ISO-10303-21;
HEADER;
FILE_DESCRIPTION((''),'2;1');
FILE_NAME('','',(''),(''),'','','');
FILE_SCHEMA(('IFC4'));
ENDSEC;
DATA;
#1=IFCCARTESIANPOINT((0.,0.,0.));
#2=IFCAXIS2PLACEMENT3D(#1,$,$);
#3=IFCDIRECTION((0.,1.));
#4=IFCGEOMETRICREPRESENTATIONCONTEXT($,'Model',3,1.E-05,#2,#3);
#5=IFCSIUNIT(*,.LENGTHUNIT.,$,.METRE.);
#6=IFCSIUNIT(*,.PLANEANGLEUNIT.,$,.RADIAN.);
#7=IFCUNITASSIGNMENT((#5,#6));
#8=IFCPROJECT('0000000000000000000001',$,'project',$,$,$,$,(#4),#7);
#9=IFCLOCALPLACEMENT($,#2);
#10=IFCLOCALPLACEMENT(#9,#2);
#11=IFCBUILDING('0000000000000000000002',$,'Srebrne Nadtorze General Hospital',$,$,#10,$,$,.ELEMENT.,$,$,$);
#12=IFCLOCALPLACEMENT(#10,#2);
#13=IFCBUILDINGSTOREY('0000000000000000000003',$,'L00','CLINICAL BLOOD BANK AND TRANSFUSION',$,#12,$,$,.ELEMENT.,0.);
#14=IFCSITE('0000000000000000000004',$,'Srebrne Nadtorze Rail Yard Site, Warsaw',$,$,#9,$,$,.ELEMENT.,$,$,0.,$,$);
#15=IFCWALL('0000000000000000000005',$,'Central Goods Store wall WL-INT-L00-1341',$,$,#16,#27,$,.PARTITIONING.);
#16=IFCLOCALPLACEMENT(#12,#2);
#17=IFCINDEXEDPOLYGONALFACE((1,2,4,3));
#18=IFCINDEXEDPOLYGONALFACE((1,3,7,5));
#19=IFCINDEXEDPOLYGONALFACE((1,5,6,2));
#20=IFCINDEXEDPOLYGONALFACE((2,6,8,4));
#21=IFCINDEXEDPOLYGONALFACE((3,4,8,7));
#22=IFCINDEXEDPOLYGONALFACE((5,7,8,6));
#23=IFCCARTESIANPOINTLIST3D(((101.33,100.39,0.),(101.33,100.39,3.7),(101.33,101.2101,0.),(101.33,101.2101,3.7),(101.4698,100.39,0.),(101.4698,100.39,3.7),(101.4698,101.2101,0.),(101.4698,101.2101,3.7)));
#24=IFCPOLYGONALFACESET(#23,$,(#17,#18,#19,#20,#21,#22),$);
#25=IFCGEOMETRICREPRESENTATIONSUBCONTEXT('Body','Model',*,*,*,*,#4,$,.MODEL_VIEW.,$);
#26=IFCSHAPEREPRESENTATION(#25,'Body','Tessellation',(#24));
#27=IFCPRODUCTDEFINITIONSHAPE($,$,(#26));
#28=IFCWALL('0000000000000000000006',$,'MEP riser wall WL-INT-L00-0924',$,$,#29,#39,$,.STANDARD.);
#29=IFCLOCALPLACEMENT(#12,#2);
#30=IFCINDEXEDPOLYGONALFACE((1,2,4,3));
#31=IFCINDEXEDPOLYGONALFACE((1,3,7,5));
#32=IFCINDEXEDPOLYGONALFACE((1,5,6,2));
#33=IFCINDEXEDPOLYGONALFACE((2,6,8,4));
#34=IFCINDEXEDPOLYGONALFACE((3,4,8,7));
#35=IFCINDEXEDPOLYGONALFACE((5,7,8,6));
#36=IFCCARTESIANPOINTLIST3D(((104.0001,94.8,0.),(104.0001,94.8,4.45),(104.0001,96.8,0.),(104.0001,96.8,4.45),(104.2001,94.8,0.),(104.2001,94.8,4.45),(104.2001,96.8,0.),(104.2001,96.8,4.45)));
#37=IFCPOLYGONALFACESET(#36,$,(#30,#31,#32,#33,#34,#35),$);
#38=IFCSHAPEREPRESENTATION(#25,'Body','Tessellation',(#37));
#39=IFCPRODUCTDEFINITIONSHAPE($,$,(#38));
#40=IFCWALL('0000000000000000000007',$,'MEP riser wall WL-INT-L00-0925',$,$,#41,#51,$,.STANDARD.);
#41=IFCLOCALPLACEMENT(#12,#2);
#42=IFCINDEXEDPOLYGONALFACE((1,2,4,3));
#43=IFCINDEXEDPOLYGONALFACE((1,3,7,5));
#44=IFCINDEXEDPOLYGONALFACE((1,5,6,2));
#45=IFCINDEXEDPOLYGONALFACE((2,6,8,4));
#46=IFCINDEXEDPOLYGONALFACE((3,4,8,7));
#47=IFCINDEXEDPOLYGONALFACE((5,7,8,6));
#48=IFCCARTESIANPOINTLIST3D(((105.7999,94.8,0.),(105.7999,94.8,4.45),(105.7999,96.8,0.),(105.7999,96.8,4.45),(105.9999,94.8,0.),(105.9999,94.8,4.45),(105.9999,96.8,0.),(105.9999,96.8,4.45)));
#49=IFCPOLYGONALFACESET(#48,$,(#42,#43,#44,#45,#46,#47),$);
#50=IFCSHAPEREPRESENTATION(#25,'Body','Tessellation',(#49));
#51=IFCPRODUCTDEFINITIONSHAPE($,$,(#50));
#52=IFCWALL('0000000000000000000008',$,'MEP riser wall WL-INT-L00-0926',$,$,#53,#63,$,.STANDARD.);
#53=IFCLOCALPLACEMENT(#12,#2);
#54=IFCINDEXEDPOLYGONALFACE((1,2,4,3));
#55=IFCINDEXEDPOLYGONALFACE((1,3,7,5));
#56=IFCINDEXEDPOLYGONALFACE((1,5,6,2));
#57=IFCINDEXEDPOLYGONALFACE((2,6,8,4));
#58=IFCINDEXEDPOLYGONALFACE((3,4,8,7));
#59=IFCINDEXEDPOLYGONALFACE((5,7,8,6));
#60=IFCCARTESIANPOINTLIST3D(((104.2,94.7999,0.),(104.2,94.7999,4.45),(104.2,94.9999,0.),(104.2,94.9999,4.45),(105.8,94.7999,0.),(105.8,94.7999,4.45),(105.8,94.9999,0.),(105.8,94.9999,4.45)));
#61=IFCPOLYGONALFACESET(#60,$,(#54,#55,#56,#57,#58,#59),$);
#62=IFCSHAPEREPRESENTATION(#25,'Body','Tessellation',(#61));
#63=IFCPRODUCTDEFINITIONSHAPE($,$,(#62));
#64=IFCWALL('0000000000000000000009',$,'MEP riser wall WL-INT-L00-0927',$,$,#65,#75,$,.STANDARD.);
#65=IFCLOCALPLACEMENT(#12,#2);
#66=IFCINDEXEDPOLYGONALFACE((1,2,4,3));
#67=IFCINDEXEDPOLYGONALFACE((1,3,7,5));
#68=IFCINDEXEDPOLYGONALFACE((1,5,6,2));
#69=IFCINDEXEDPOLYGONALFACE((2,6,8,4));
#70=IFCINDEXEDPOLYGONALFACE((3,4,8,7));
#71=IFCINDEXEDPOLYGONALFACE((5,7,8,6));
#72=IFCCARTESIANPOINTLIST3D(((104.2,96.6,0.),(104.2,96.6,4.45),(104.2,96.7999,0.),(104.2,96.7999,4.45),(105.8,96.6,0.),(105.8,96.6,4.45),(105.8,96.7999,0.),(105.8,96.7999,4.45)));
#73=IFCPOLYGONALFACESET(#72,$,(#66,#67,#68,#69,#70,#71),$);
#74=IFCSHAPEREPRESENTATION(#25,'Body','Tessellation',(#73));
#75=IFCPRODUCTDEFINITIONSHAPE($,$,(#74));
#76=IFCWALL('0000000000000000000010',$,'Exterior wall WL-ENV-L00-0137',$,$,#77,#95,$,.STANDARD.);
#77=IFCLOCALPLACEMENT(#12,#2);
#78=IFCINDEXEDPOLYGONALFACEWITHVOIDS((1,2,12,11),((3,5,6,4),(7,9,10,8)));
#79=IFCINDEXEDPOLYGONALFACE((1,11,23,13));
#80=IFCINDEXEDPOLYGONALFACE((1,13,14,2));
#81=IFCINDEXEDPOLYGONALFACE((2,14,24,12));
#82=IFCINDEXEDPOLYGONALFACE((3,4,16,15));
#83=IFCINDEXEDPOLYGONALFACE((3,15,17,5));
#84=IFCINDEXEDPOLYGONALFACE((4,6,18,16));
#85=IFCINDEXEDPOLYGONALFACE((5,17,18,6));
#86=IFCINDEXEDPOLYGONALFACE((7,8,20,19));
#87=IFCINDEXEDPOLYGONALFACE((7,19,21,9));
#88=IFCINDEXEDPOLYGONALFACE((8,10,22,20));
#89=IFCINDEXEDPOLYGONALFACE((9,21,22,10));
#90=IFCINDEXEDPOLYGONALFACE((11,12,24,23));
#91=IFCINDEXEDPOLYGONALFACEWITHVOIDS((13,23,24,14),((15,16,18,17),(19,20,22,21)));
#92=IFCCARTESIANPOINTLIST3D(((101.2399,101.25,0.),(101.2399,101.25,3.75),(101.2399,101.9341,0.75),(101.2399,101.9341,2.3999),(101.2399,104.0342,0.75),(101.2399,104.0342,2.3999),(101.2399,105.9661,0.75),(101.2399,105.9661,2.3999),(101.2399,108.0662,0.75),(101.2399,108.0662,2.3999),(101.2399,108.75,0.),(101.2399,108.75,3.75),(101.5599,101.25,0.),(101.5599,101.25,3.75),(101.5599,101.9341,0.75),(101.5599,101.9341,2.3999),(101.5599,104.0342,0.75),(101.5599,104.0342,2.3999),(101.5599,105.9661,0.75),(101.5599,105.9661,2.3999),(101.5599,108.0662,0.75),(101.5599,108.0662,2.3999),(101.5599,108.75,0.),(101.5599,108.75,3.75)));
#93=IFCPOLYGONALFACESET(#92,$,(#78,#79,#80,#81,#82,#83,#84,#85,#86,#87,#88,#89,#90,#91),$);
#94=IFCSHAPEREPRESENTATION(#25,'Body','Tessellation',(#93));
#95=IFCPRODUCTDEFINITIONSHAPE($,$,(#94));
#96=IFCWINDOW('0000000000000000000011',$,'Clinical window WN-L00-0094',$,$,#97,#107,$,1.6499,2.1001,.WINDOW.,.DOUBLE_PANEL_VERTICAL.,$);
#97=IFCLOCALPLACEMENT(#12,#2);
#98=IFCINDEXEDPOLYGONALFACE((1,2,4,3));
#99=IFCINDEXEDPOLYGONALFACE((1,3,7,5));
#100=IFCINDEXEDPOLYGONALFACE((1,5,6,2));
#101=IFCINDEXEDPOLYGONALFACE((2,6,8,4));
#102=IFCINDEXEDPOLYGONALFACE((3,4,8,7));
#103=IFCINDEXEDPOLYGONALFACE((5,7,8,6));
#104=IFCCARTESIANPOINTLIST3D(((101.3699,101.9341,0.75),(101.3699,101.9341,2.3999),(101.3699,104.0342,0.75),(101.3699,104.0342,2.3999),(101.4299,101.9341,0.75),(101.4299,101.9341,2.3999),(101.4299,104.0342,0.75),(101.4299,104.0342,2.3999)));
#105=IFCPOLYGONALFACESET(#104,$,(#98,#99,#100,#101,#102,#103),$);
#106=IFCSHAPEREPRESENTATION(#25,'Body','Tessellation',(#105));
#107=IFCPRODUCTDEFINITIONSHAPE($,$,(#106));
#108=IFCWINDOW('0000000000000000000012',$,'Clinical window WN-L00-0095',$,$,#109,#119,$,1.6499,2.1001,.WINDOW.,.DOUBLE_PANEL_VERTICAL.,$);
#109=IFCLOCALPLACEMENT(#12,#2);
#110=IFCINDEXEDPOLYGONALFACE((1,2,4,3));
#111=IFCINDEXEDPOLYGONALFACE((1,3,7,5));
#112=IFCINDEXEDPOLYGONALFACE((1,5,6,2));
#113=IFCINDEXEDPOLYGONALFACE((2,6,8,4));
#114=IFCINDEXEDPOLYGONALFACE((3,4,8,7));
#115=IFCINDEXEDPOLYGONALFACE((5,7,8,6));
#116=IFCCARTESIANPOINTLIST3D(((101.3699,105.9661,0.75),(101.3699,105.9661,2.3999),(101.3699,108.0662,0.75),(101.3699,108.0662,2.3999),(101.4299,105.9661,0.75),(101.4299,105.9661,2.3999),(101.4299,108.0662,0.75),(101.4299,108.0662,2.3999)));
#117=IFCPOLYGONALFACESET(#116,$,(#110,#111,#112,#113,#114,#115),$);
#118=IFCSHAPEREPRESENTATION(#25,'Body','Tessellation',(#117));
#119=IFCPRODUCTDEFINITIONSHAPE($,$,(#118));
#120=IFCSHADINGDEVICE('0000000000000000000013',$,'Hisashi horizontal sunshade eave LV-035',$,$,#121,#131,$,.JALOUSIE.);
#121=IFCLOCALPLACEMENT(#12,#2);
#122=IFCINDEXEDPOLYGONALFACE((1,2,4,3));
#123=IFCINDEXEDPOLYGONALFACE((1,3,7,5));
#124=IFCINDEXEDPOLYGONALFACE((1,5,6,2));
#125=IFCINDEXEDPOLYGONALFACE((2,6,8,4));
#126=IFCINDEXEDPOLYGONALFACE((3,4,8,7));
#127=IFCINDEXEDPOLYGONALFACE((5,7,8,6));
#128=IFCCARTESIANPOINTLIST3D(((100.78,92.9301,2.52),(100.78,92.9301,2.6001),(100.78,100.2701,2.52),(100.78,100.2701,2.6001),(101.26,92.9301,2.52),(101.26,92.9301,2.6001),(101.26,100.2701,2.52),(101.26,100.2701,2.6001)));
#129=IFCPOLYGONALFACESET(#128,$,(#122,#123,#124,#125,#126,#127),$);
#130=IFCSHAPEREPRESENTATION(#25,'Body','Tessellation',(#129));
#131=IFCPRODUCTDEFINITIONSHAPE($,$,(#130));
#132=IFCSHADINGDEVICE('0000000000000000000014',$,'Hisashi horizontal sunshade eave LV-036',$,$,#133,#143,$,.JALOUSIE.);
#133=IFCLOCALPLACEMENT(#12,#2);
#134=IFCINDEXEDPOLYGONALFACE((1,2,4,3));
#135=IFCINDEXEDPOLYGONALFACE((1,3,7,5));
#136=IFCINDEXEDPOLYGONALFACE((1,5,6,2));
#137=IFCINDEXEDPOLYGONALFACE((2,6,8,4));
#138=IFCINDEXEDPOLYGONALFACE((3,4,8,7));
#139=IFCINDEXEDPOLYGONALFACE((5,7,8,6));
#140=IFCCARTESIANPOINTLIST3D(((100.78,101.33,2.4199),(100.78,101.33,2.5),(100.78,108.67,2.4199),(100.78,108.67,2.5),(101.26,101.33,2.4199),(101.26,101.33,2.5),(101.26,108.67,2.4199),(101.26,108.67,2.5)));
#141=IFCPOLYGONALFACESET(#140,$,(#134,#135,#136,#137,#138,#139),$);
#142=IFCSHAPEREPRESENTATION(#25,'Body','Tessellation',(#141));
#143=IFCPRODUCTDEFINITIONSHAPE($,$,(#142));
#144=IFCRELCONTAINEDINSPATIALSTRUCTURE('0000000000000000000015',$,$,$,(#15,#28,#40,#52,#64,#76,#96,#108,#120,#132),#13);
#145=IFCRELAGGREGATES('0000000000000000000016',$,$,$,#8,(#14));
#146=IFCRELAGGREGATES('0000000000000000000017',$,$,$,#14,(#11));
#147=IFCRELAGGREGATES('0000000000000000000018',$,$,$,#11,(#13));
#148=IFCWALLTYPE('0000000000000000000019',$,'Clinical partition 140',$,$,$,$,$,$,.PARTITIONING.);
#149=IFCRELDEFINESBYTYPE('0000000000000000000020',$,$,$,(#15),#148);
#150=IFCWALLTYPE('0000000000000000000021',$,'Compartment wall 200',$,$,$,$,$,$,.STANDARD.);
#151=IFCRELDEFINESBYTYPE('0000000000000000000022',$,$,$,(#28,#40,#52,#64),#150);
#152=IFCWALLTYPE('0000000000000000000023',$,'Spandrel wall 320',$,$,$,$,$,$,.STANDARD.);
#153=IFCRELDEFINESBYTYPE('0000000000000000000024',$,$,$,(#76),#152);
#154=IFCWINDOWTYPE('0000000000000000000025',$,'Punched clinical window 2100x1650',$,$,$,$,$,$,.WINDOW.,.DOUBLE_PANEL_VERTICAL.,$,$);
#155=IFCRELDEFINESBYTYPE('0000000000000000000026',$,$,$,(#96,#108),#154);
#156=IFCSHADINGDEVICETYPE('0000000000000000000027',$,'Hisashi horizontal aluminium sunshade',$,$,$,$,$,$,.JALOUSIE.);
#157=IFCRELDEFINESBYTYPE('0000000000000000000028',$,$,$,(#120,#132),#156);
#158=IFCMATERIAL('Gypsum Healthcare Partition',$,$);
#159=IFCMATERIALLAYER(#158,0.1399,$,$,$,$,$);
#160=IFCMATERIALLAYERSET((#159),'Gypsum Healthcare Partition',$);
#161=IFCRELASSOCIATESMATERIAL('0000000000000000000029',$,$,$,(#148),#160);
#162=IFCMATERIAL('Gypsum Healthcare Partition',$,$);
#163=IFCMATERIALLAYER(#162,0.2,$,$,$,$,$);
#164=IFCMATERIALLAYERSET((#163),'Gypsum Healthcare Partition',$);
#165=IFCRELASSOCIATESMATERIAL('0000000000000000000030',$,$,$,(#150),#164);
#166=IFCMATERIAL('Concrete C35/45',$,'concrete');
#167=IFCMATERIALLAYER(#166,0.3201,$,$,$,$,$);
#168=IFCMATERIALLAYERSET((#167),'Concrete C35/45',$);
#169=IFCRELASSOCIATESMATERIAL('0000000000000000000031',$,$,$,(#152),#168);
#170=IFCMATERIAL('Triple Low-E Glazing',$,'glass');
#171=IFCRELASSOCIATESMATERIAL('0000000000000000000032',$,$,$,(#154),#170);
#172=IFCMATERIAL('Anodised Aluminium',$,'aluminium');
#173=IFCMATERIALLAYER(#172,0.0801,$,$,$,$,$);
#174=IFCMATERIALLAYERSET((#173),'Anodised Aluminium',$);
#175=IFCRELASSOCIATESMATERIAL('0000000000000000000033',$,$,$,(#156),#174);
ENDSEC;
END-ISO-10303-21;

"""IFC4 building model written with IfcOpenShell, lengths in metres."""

from ifc_helpers import new_model, si_unit, direction, frame, frame_2d, origin, origin_2d, place, context, subcontext, project, spatial, rectangle, extrude, material, layer, layer_set, type_object, element, fill, save


model = new_model("IFC4")

# Units and contexts
model_context = context("Model", 3, precision=1e-05, world=origin(), true_north=direction((0.0, 1.0)))
body_context = subcontext(model_context, "Body", "Model", "MODEL_VIEW")
ifc_project = project(units=[si_unit("LENGTHUNIT", "METRE"), si_unit("PLANEANGLEUNIT", "RADIAN")], contexts=[model_context])

# Site, building, storey
site_placement = place(None, origin())
site = spatial("IfcSite", under=ifc_project, at=site_placement, Name="Srebrne Nadtorze Rail Yard Site, Warsaw", CompositionType="ELEMENT", RefElevation=0.0)
building_placement = place(site_placement, origin())
building = spatial("IfcBuilding", under=site, at=building_placement, Name="Srebrne Nadtorze General Hospital", CompositionType="ELEMENT")
storey_placement = place(building_placement, origin())
storey = spatial("IfcBuildingStorey", under=building, at=storey_placement, Name="L00", Description="CLINICAL BLOOD BANK AND TRANSFUSION", CompositionType="ELEMENT", Elevation=0.0)

# Walls
ifc_material_1 = material(Name="Gypsum Healthcare Partition")
ifc_layer_1 = layer(ifc_material_1, 0.1399)
ifc_layer_set_1 = layer_set([ifc_layer_1], Name="Gypsum Healthcare Partition")
wall_type_1 = type_object("IfcWallType", Name="Clinical partition 140", PredefinedType="PARTITIONING", material=ifc_layer_set_1)
wall_1_placement = place(storey_placement, frame((101.3999, 100.3899, 0.0), z_axis=(0.0, 0.0, 1.0), x_axis=(0.0, 1.0, 0.0)))
element("IfcWall", 1, at=wall_1_placement, inside=storey, type_object=wall_type_1, Name="Central Goods Store wall WL-INT-L00-1341", PredefinedType="PARTITIONING", context=body_context, shape_type="SweptSolid", body=[
    extrude(rectangle(XDim=0.8201, YDim=0.1399, at=frame_2d((0.4102, 0.0))), origin(), (0.0, 0.0, 1.0), 3.7),
])
ifc_material_2 = material(Name="Gypsum Healthcare Partition")
ifc_layer_2 = layer(ifc_material_2, 0.2)
ifc_layer_set_2 = layer_set([ifc_layer_2], Name="Gypsum Healthcare Partition")
wall_type_2 = type_object("IfcWallType", Name="Compartment wall 200", PredefinedType="STANDARD", material=ifc_layer_set_2)
for number, where, z_axis, x_axis, name in (
    (2, (104.1001, 94.8, 0.0), (0.0, 0.0, 1.0), (0.0, 1.0, 0.0), "MEP riser wall WL-INT-L00-0924"),
    (3, (105.8999, 94.8, 0.0), (0.0, 0.0, 1.0), (0.0, 1.0, 0.0), "MEP riser wall WL-INT-L00-0925"),
):
    element("IfcWall", number, at=place(storey_placement, frame(where, z_axis=z_axis, x_axis=x_axis)), inside=storey, type_object=wall_type_2, Name=name, PredefinedType="STANDARD", context=body_context, shape_type="SweptSolid", body=[
        extrude(rectangle(XDim=2.0, YDim=0.2, at=frame_2d((1.0, 0.0))), origin(), (0.0, 0.0, 1.0), 4.45),
    ])
for number, where, z_axis, x_axis, name in (
    (4, (104.2, 94.8999, 0.0), (0.0, 0.0, 1.0), (1.0, 0.0, 0.0), "MEP riser wall WL-INT-L00-0926"),
    (5, (104.2, 96.7, 0.0), (0.0, 0.0, 1.0), (1.0, 0.0, 0.0), "MEP riser wall WL-INT-L00-0927"),
):
    element("IfcWall", number, at=place(storey_placement, frame(where, z_axis=z_axis, x_axis=x_axis)), inside=storey, type_object=wall_type_2, Name=name, PredefinedType="STANDARD", context=body_context, shape_type="SweptSolid", body=[
        extrude(rectangle(XDim=1.6001, YDim=0.2, at=frame_2d((0.8, 0.0))), origin(), (0.0, 0.0, 1.0), 4.45),
    ])

# Wall, openings, windows
ifc_material_3 = material(Name="Concrete C35/45", Category="concrete")
ifc_layer_3 = layer(ifc_material_3, 0.3201)
ifc_layer_set_3 = layer_set([ifc_layer_3], Name="Concrete C35/45")
wall_type_3 = type_object("IfcWallType", Name="Spandrel wall 320", PredefinedType="STANDARD", material=ifc_layer_set_3)
wall_2_placement = place(storey_placement, frame((101.3999, 101.25, 0.0), z_axis=(0.0, 0.0, 1.0), x_axis=(0.0, 1.0, 0.0)))
wall_2 = element("IfcWall", 6, at=wall_2_placement, inside=storey, type_object=wall_type_3, Name="Exterior wall WL-ENV-L00-0137", PredefinedType="STANDARD", context=body_context, shape_type="SweptSolid", body=[
    extrude(rectangle(XDim=7.5, YDim=0.3201, at=frame_2d((3.75, 0.0))), origin(), (0.0, 0.0, 1.0), 3.75),
])
opening_1_placement = place(wall_2_placement, frame((0.6841, 0.0, 0.75)))
opening_1 = element("IfcOpeningElement", 7, at=opening_1_placement, cuts=wall_2, PredefinedType="OPENING", context=body_context, shape_type="SweptSolid", body=[
    extrude(rectangle(XDim=2.1001, YDim=1.6499, at=frame_2d((1.05, 0.825))), frame((0.0, 0.1719, 0.0), z_axis=(0.0, -1.0, 0.0), x_axis=(1.0, 0.0, 0.0)), (0.0, 0.0, 1.0), 0.344),
])
opening_2_placement = place(wall_2_placement, frame((4.7161, 0.0, 0.75)))
opening_2 = element("IfcOpeningElement", 8, at=opening_2_placement, cuts=wall_2, PredefinedType="OPENING", context=body_context, shape_type="SweptSolid", body=[
    extrude(rectangle(XDim=2.1001, YDim=1.6499, at=frame_2d((1.05, 0.825))), frame((0.0, 0.1719, 0.0), z_axis=(0.0, -1.0, 0.0), x_axis=(1.0, 0.0, 0.0)), (0.0, 0.0, 1.0), 0.344),
])
ifc_material_4 = material(Name="Triple Low-E Glazing", Category="glass")
window_type = type_object("IfcWindowType", Name="Punched clinical window 2100x1650", PartitioningType="DOUBLE_PANEL_VERTICAL", PredefinedType="WINDOW", material=ifc_material_4)
window_1_placement = place(opening_1_placement, origin())
window_1 = element("IfcWindow", 9, at=window_1_placement, inside=storey, type_object=window_type, Name="Clinical window WN-L00-0094", OverallHeight=1.6499, OverallWidth=2.1001, PartitioningType="DOUBLE_PANEL_VERTICAL", PredefinedType="WINDOW", context=body_context, shape_type="SweptSolid", body=[
    extrude(rectangle(XDim=2.1001, YDim=1.6499, at=frame_2d((1.05, 0.825))), frame((0.0, 0.03, 0.0), z_axis=(0.0, -1.0, 0.0), x_axis=(1.0, 0.0, 0.0)), (0.0, 0.0, 1.0), 0.0601),
])
fill(opening_1, window_1)
window_2_placement = place(opening_2_placement, origin())
window_2 = element("IfcWindow", 10, at=window_2_placement, inside=storey, type_object=window_type, Name="Clinical window WN-L00-0095", OverallHeight=1.6499, OverallWidth=2.1001, PartitioningType="DOUBLE_PANEL_VERTICAL", PredefinedType="WINDOW", context=body_context, shape_type="SweptSolid", body=[
    extrude(rectangle(XDim=2.1001, YDim=1.6499, at=frame_2d((1.05, 0.825))), frame((0.0, 0.03, 0.0), z_axis=(0.0, -1.0, 0.0), x_axis=(1.0, 0.0, 0.0)), (0.0, 0.0, 1.0), 0.0601),
])
fill(opening_2, window_2)

# Shading devices
ifc_material_5 = material(Name="Anodised Aluminium", Category="aluminium")
ifc_layer_4 = layer(ifc_material_5, 0.0801)
ifc_layer_set_4 = layer_set([ifc_layer_4], Name="Anodised Aluminium")
shading_device_type = type_object("IfcShadingDeviceType", Name="Hisashi horizontal aluminium sunshade", PredefinedType="JALOUSIE", material=ifc_layer_set_4)
for number, where, z_axis, x_axis, name in (
    (11, (101.02, 96.6001, 2.52), (0.0, 0.0, 1.0), (1.0, 0.0, 0.0), "Hisashi horizontal sunshade eave LV-035"),
    (12, (101.02, 105.0, 2.4199), (0.0, 0.0, 1.0), (1.0, 0.0, 0.0), "Hisashi horizontal sunshade eave LV-036"),
):
    element("IfcShadingDevice", number, at=place(storey_placement, frame(where, z_axis=z_axis, x_axis=x_axis)), inside=storey, type_object=shading_device_type, Name=name, PredefinedType="JALOUSIE", context=body_context, shape_type="SweptSolid", body=[
        extrude(rectangle(XDim=0.48, YDim=7.3401, at=origin_2d()), origin(), (0.0, 0.0, 1.0), 0.0801),
    ])

save(model, "model.ifc")
